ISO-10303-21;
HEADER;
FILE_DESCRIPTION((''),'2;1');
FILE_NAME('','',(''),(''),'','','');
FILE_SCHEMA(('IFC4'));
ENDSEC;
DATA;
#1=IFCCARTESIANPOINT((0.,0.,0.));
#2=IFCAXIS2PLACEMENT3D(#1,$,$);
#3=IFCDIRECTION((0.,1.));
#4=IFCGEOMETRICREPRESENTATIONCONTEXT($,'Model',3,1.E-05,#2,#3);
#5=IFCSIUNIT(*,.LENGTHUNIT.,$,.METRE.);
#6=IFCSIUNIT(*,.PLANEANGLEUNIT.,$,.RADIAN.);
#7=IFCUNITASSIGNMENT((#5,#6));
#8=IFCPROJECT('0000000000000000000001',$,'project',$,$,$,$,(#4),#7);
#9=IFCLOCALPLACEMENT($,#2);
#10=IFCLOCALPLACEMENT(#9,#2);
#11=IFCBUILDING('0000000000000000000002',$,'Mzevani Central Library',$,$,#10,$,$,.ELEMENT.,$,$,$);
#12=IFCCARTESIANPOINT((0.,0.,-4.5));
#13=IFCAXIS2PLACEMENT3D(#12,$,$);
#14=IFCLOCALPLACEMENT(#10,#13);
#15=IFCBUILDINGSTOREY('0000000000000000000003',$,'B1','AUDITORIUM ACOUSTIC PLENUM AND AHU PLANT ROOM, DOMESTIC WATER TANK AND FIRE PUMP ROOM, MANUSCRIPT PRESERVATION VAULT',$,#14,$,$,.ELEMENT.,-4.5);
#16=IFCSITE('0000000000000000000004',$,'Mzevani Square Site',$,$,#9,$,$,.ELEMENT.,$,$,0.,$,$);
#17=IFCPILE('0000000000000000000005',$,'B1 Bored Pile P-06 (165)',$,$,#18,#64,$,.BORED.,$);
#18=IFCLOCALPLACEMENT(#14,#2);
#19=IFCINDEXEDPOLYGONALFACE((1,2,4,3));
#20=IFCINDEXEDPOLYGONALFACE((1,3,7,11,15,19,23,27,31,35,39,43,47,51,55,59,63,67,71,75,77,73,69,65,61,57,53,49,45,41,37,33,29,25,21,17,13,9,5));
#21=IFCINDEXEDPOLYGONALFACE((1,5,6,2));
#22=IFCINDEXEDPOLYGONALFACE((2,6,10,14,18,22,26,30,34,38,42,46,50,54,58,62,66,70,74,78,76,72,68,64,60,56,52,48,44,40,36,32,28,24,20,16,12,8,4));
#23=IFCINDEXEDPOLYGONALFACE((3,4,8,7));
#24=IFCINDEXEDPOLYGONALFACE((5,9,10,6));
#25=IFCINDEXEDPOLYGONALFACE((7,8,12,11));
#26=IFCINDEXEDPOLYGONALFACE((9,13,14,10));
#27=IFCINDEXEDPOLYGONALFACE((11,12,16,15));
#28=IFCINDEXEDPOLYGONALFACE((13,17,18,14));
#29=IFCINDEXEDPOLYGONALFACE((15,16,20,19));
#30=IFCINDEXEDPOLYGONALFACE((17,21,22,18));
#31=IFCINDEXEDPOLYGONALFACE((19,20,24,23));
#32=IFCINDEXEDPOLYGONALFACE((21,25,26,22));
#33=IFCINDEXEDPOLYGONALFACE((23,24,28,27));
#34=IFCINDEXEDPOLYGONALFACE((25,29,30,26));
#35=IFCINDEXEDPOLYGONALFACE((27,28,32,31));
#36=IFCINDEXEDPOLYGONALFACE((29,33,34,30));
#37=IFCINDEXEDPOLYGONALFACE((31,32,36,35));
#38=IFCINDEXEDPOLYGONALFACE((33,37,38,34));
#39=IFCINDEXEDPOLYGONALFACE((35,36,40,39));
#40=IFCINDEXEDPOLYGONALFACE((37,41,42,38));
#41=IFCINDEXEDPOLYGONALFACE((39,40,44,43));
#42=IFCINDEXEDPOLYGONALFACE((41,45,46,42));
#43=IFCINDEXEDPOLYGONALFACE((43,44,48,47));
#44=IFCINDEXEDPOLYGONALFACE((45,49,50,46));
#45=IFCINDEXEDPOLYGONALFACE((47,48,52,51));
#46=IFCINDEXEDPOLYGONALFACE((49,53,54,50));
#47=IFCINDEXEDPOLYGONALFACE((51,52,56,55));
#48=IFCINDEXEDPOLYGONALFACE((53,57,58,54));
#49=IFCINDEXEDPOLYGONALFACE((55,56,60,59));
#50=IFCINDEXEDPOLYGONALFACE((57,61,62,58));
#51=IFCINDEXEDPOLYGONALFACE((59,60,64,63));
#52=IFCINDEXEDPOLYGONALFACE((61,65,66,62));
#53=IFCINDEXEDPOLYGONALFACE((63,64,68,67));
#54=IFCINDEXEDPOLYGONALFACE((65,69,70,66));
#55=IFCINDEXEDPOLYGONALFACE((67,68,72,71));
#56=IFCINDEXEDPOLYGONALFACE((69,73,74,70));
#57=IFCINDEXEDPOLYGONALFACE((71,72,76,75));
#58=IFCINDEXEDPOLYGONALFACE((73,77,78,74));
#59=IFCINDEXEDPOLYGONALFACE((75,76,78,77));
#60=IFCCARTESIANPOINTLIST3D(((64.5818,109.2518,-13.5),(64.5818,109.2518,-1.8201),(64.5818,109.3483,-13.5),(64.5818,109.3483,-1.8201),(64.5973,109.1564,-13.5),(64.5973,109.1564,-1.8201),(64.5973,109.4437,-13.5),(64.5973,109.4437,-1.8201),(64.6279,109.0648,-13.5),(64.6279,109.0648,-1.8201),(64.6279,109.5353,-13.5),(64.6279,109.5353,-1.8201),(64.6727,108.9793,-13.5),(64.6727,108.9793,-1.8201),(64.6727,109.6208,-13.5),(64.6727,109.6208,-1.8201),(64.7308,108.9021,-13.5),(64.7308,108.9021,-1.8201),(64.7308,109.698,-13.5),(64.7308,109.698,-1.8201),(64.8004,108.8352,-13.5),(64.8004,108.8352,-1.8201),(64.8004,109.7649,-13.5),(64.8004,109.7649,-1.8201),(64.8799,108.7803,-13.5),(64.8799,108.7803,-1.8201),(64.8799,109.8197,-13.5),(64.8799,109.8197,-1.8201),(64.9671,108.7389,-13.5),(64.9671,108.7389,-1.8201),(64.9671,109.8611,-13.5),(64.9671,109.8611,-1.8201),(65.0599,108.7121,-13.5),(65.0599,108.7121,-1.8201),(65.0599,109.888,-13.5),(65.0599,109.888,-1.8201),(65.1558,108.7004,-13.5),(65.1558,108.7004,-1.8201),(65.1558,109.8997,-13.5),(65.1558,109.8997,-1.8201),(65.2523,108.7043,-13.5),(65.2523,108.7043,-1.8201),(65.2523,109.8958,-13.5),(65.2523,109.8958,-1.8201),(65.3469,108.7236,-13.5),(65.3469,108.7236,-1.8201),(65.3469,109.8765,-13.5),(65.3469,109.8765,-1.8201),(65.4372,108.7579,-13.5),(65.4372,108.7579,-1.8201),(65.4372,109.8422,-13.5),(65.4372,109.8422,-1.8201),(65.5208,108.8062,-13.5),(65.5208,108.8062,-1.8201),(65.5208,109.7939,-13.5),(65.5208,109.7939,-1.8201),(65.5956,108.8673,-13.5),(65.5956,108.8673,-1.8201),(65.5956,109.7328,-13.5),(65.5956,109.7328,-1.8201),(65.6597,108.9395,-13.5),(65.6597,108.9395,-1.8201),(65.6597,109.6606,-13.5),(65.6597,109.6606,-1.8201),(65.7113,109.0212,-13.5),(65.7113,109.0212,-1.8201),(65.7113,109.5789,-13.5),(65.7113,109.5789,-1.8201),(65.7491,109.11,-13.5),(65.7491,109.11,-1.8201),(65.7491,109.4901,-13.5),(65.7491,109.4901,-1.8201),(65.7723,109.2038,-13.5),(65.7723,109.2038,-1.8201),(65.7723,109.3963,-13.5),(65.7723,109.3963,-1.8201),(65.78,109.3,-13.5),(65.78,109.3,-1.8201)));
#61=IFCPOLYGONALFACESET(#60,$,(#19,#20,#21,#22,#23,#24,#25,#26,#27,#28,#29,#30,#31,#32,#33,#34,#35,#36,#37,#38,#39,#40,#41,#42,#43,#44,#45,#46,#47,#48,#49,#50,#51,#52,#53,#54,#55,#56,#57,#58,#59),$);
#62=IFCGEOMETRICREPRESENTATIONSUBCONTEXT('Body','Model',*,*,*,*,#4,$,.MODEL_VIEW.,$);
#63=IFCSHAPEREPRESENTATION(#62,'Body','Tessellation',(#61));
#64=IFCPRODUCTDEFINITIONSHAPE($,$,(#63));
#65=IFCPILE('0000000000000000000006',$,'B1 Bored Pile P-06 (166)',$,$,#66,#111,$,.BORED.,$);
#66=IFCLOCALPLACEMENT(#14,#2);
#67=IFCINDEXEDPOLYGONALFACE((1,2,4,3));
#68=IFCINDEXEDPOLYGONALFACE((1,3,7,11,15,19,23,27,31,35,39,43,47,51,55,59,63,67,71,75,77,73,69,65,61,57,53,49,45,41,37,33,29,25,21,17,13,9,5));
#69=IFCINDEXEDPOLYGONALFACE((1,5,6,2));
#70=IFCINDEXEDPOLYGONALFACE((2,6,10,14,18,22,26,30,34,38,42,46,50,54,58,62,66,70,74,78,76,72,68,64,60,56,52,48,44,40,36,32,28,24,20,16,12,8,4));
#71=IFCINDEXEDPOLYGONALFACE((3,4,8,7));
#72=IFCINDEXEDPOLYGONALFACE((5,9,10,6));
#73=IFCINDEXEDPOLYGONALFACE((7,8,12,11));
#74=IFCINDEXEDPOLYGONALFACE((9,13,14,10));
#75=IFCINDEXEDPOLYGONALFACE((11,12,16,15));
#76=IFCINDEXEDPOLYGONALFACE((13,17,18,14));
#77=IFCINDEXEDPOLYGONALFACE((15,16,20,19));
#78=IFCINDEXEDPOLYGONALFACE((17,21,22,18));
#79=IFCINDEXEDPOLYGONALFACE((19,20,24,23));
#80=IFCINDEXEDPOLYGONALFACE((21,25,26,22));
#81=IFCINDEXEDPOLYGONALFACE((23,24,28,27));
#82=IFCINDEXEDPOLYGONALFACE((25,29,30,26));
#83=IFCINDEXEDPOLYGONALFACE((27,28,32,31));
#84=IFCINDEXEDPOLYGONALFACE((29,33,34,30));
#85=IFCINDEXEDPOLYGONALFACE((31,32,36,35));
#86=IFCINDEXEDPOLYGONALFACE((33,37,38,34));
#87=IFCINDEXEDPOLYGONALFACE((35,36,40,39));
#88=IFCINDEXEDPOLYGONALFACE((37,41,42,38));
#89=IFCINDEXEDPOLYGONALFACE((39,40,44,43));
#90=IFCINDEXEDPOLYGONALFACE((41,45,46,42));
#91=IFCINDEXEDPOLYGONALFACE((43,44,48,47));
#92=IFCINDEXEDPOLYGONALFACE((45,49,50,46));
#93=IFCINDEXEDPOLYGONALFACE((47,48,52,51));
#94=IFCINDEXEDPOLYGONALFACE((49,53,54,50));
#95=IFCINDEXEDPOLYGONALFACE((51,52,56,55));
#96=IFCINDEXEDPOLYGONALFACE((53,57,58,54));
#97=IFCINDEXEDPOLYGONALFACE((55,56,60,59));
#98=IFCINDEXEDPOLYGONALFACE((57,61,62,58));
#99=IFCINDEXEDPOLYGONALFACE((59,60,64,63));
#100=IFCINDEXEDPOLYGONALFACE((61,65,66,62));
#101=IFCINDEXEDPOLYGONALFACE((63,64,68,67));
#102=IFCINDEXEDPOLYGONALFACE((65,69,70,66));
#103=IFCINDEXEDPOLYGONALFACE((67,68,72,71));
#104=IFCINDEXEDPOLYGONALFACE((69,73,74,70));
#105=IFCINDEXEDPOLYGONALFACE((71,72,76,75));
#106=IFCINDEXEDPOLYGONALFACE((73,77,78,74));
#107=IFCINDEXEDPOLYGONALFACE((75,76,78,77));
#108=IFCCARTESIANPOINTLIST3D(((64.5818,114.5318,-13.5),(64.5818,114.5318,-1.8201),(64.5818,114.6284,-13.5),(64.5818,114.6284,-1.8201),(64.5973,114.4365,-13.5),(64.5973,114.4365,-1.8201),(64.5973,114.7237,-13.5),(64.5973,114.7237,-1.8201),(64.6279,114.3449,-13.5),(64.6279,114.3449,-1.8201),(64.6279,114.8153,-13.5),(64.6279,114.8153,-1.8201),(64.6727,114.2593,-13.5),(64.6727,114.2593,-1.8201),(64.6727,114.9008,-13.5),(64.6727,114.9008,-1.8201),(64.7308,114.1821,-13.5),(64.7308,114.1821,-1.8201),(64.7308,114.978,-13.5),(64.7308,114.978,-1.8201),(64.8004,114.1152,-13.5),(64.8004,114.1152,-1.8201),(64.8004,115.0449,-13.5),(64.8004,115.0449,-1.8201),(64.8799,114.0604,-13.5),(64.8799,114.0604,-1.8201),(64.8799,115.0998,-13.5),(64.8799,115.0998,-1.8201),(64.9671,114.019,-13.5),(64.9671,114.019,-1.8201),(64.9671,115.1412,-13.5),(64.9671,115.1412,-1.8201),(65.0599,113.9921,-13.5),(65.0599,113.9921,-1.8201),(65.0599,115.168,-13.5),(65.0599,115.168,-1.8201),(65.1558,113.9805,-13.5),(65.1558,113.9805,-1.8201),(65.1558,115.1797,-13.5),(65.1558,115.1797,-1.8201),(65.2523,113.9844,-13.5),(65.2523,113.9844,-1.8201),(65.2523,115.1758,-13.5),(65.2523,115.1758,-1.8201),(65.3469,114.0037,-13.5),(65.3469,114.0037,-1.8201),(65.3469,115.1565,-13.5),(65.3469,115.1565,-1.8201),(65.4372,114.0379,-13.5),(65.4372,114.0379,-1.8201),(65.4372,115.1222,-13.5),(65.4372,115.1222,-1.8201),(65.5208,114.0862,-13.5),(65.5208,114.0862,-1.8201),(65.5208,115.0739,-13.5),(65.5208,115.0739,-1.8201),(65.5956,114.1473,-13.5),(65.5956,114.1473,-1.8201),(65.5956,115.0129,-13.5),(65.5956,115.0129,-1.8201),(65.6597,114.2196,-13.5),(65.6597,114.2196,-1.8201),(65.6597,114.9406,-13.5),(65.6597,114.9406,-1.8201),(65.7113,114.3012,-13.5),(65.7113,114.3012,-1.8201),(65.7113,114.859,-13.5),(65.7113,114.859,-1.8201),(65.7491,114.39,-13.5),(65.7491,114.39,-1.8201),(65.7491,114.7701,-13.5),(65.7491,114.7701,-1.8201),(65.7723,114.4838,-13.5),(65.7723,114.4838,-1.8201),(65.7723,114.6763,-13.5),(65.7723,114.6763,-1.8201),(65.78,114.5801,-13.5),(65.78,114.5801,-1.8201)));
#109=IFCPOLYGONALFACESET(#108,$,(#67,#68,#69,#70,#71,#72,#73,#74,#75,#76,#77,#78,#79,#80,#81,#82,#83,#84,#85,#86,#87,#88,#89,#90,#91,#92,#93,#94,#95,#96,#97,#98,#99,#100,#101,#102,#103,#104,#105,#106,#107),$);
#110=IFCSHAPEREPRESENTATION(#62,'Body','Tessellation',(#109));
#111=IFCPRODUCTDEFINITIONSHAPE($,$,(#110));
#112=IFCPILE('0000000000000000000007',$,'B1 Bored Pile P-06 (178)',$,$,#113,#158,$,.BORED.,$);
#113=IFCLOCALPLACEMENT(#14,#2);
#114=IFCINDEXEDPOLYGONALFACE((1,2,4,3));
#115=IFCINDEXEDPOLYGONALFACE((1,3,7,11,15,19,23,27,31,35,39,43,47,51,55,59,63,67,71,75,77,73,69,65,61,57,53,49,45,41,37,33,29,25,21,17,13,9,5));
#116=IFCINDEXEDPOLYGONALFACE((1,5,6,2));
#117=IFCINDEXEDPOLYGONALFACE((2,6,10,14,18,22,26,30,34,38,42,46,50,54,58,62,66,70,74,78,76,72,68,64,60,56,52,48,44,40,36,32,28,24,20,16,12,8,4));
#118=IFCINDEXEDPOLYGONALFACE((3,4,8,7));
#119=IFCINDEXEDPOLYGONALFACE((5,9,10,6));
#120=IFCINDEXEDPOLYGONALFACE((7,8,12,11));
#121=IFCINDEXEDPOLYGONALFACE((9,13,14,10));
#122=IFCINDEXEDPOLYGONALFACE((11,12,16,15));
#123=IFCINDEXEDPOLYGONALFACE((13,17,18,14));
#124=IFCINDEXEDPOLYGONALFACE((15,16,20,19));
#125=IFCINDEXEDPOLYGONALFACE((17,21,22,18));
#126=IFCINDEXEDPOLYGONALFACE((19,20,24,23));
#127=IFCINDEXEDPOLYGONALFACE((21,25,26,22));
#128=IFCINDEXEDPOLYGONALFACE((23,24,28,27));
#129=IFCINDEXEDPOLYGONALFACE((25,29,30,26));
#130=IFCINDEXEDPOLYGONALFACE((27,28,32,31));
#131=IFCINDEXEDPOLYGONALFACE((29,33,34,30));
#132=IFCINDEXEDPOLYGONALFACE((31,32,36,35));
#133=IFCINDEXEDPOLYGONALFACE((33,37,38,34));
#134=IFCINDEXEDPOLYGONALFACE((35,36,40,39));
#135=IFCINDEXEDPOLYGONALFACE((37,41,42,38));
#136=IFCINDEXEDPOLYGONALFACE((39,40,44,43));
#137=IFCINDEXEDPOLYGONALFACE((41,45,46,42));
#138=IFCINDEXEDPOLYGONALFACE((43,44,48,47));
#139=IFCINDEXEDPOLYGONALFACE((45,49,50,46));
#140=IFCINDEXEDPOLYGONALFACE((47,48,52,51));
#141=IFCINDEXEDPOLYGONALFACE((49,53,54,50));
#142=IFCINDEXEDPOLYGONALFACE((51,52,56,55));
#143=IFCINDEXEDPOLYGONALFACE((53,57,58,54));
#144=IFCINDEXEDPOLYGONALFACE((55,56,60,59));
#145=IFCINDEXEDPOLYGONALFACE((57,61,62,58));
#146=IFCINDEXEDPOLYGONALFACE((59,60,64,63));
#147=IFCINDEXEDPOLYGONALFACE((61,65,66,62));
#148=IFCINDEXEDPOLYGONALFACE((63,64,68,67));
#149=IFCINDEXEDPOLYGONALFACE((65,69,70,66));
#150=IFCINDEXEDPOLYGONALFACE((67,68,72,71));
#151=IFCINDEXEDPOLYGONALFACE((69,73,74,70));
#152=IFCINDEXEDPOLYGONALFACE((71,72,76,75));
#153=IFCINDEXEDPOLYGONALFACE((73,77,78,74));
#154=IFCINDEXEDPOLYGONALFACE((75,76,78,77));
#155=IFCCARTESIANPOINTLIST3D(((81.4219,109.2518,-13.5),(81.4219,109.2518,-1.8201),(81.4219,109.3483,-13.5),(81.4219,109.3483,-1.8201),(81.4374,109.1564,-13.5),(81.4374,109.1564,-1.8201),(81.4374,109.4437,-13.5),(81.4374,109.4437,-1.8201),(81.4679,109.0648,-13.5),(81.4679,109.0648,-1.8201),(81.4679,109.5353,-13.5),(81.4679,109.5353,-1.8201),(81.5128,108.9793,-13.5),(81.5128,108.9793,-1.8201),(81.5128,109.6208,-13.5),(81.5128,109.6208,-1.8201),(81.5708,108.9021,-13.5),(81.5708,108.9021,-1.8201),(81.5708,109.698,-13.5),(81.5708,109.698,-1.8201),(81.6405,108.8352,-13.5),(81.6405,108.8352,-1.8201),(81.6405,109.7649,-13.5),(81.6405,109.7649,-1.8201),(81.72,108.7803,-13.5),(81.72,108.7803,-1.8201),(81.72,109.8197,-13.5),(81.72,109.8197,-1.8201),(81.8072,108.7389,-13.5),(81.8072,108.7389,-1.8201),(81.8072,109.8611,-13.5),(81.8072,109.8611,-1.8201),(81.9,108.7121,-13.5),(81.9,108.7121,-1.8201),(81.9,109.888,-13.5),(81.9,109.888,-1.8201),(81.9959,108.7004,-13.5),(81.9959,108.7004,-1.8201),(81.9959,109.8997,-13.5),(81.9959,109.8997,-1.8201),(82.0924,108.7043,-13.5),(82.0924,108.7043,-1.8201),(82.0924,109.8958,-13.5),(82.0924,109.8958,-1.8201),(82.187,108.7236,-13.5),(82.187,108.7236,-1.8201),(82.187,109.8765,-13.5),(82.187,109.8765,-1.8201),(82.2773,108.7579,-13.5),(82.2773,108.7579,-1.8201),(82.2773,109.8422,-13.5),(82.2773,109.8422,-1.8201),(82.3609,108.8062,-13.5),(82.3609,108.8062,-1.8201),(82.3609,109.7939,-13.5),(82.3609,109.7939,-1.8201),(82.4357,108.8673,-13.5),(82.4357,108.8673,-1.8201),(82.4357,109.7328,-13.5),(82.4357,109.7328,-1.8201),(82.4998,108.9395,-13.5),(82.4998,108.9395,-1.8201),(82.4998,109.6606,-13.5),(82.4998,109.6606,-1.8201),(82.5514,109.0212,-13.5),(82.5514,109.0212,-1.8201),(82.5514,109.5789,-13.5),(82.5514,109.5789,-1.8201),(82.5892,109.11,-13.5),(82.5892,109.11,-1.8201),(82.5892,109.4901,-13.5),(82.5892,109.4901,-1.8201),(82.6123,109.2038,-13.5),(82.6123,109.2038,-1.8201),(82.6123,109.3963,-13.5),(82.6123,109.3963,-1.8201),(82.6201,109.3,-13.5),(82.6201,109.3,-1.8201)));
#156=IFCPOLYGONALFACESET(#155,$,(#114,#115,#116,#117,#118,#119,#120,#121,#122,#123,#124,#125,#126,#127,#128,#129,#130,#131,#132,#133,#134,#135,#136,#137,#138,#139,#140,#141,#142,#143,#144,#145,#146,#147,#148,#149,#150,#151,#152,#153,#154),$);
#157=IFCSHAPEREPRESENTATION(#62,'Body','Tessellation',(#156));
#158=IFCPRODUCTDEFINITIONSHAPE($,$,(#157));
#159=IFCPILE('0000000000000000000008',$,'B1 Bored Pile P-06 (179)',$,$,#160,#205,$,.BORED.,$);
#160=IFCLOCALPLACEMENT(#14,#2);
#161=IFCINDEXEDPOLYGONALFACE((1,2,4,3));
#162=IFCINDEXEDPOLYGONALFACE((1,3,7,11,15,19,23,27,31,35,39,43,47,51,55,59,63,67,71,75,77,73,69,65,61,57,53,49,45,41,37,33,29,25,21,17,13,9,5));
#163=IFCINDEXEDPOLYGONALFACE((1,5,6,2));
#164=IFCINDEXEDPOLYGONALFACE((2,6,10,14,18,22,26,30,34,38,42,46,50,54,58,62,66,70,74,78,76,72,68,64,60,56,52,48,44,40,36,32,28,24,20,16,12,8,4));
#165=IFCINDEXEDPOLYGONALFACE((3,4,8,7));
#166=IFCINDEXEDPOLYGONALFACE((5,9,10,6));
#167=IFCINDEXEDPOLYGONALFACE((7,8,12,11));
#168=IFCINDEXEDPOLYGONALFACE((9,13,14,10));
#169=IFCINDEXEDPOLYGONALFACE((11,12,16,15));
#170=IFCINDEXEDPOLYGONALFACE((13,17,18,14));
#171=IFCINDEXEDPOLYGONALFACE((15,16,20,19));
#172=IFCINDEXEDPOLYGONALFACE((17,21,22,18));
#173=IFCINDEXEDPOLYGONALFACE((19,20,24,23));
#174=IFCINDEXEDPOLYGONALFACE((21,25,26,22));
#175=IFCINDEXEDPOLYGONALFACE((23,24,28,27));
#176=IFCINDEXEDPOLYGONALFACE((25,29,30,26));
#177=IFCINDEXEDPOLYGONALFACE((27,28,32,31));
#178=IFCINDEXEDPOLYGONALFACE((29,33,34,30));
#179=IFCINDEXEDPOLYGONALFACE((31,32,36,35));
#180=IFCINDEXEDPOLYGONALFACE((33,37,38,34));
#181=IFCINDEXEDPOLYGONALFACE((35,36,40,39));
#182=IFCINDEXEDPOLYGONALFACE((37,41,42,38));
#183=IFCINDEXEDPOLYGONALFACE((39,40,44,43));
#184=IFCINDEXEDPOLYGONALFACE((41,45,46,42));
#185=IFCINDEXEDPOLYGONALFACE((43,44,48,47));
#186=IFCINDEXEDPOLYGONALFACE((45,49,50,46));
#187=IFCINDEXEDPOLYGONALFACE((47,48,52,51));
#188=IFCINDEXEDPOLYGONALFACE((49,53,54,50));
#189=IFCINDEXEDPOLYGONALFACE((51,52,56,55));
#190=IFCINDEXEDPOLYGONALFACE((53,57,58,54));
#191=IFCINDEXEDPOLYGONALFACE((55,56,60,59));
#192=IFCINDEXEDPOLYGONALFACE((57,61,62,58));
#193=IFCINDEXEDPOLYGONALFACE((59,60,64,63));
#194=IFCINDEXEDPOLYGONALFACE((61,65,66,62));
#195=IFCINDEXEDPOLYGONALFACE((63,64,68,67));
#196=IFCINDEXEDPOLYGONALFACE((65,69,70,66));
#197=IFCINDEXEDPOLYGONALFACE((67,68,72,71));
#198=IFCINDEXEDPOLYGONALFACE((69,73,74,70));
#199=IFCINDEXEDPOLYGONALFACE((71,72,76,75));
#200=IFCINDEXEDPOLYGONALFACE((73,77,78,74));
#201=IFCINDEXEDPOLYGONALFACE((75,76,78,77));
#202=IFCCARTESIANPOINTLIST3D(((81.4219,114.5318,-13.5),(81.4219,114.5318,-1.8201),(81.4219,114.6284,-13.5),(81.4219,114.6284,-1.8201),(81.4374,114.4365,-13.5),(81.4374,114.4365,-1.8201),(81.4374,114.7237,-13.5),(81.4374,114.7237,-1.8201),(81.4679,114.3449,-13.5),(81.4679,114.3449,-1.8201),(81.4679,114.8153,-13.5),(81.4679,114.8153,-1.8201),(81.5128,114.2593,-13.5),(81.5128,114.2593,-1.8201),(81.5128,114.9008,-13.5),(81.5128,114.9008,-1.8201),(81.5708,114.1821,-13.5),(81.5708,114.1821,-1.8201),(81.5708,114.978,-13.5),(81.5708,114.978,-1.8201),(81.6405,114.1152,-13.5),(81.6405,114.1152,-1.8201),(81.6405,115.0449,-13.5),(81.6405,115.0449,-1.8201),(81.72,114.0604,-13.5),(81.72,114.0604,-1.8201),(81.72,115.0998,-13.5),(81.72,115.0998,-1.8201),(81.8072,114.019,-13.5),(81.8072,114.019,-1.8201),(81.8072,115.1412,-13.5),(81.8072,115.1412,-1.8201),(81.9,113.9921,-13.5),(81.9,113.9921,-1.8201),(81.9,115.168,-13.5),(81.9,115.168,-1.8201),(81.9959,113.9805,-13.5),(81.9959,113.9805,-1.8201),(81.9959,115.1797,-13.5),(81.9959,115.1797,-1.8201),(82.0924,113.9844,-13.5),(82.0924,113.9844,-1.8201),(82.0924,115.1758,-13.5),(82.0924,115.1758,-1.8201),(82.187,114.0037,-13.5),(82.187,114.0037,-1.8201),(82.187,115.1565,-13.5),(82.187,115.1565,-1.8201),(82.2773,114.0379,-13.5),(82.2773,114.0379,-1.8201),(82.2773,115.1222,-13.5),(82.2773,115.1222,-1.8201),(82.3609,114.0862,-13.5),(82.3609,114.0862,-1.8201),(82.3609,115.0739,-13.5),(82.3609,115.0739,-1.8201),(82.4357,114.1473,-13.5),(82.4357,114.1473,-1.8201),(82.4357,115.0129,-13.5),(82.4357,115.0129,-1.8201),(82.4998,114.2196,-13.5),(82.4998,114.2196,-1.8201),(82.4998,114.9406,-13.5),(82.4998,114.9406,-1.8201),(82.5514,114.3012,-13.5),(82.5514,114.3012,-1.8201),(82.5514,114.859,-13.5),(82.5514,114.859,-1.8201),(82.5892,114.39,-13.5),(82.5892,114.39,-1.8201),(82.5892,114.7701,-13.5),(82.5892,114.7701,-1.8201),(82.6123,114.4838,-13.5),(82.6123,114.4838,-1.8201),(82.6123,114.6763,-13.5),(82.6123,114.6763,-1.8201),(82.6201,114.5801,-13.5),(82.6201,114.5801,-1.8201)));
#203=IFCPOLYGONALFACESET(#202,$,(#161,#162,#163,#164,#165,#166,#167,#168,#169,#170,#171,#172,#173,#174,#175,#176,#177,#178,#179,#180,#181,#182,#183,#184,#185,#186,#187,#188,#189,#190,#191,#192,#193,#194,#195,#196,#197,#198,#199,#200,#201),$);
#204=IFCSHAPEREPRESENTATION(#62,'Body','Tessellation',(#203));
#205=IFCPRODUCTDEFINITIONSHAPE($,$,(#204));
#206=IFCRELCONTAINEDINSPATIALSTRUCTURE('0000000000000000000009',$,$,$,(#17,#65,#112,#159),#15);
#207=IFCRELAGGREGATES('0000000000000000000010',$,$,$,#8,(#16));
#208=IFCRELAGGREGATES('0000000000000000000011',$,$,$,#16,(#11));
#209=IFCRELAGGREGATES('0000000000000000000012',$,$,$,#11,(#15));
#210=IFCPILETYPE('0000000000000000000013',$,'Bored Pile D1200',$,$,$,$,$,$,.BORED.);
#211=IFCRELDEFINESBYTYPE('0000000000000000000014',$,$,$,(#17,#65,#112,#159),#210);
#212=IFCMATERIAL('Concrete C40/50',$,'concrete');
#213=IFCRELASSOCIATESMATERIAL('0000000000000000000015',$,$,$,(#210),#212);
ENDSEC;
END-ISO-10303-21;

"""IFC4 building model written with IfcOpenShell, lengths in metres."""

from ifc_helpers import new_model, si_unit, direction, frame, origin, origin_2d, place, context, subcontext, project, spatial, circle, extrude, material, material_profile, profile_set, type_object, element, save


model = new_model("IFC4")

# Units and contexts
model_context = context("Model", 3, precision=1e-05, world=origin(), true_north=direction((0.0, 1.0)))
body_context = subcontext(model_context, "Body", "Model", "MODEL_VIEW")
ifc_project = project(units=[si_unit("LENGTHUNIT", "METRE"), si_unit("PLANEANGLEUNIT", "RADIAN")], contexts=[model_context])

# Site, building, storey
site_placement = place(None, origin())
site = spatial("IfcSite", under=ifc_project, at=site_placement, Name="Mzevani Square Site", CompositionType="ELEMENT", RefElevation=0.0)
building_placement = place(site_placement, origin())
building = spatial("IfcBuilding", under=site, at=building_placement, Name="Mzevani Central Library", CompositionType="ELEMENT")
storey_placement = place(building_placement, frame((0.0, 0.0, -4.5)))
storey = spatial("IfcBuildingStorey", under=building, at=storey_placement, Name="B1", Description="AUDITORIUM ACOUSTIC PLENUM AND AHU PLANT ROOM, DOMESTIC WATER TANK AND FIRE PUMP ROOM, MANUSCRIPT PRESERVATION VAULT", CompositionType="ELEMENT", Elevation=-4.5)

# Piles
ifc_material_1 = material(Name="Concrete C40/50", Category="concrete")
ifc_material_profile_1 = material_profile(ifc_material_1, circle(Radius=0.6001, at=origin_2d()), Name="PILE D1200")
ifc_profile_set_1 = profile_set([ifc_material_profile_1], Name="Concrete C40/50")
pile_type_1 = type_object("IfcPileType", Name="Bored Pile D1200", PredefinedType="BORED", material=ifc_profile_set_1)
for number, where, z_axis, x_axis, name in (
    (1, (65.1799, 109.3, -1.8201), (0.0, 0.0, -1.0), (1.0, 0.0, 0.0), "B1 Bored Pile P-06 (165)"),
    (2, (65.1799, 114.5801, -1.8201), (0.0, 0.0, -1.0), (1.0, 0.0, 0.0), "B1 Bored Pile P-06 (166)"),
    (3, (82.02, 109.3, -1.8201), (0.0, 0.0, -1.0), (1.0, 0.0, 0.0), "B1 Bored Pile P-06 (178)"),
    (4, (82.02, 114.5801, -1.8201), (0.0, 0.0, -1.0), (1.0, 0.0, 0.0), "B1 Bored Pile P-06 (179)"),
):
    element("IfcPile", number, at=place(storey_placement, frame(where, z_axis=z_axis, x_axis=x_axis)), inside=storey, type_object=pile_type_1, Name=name, PredefinedType="BORED", context=body_context, shape_type="SweptSolid", body=[
        extrude(circle(Radius=0.6001, at=origin_2d()), origin(), (0.0, 0.0, 1.0), 11.6799),
    ])

save(model, "model.ifc")
